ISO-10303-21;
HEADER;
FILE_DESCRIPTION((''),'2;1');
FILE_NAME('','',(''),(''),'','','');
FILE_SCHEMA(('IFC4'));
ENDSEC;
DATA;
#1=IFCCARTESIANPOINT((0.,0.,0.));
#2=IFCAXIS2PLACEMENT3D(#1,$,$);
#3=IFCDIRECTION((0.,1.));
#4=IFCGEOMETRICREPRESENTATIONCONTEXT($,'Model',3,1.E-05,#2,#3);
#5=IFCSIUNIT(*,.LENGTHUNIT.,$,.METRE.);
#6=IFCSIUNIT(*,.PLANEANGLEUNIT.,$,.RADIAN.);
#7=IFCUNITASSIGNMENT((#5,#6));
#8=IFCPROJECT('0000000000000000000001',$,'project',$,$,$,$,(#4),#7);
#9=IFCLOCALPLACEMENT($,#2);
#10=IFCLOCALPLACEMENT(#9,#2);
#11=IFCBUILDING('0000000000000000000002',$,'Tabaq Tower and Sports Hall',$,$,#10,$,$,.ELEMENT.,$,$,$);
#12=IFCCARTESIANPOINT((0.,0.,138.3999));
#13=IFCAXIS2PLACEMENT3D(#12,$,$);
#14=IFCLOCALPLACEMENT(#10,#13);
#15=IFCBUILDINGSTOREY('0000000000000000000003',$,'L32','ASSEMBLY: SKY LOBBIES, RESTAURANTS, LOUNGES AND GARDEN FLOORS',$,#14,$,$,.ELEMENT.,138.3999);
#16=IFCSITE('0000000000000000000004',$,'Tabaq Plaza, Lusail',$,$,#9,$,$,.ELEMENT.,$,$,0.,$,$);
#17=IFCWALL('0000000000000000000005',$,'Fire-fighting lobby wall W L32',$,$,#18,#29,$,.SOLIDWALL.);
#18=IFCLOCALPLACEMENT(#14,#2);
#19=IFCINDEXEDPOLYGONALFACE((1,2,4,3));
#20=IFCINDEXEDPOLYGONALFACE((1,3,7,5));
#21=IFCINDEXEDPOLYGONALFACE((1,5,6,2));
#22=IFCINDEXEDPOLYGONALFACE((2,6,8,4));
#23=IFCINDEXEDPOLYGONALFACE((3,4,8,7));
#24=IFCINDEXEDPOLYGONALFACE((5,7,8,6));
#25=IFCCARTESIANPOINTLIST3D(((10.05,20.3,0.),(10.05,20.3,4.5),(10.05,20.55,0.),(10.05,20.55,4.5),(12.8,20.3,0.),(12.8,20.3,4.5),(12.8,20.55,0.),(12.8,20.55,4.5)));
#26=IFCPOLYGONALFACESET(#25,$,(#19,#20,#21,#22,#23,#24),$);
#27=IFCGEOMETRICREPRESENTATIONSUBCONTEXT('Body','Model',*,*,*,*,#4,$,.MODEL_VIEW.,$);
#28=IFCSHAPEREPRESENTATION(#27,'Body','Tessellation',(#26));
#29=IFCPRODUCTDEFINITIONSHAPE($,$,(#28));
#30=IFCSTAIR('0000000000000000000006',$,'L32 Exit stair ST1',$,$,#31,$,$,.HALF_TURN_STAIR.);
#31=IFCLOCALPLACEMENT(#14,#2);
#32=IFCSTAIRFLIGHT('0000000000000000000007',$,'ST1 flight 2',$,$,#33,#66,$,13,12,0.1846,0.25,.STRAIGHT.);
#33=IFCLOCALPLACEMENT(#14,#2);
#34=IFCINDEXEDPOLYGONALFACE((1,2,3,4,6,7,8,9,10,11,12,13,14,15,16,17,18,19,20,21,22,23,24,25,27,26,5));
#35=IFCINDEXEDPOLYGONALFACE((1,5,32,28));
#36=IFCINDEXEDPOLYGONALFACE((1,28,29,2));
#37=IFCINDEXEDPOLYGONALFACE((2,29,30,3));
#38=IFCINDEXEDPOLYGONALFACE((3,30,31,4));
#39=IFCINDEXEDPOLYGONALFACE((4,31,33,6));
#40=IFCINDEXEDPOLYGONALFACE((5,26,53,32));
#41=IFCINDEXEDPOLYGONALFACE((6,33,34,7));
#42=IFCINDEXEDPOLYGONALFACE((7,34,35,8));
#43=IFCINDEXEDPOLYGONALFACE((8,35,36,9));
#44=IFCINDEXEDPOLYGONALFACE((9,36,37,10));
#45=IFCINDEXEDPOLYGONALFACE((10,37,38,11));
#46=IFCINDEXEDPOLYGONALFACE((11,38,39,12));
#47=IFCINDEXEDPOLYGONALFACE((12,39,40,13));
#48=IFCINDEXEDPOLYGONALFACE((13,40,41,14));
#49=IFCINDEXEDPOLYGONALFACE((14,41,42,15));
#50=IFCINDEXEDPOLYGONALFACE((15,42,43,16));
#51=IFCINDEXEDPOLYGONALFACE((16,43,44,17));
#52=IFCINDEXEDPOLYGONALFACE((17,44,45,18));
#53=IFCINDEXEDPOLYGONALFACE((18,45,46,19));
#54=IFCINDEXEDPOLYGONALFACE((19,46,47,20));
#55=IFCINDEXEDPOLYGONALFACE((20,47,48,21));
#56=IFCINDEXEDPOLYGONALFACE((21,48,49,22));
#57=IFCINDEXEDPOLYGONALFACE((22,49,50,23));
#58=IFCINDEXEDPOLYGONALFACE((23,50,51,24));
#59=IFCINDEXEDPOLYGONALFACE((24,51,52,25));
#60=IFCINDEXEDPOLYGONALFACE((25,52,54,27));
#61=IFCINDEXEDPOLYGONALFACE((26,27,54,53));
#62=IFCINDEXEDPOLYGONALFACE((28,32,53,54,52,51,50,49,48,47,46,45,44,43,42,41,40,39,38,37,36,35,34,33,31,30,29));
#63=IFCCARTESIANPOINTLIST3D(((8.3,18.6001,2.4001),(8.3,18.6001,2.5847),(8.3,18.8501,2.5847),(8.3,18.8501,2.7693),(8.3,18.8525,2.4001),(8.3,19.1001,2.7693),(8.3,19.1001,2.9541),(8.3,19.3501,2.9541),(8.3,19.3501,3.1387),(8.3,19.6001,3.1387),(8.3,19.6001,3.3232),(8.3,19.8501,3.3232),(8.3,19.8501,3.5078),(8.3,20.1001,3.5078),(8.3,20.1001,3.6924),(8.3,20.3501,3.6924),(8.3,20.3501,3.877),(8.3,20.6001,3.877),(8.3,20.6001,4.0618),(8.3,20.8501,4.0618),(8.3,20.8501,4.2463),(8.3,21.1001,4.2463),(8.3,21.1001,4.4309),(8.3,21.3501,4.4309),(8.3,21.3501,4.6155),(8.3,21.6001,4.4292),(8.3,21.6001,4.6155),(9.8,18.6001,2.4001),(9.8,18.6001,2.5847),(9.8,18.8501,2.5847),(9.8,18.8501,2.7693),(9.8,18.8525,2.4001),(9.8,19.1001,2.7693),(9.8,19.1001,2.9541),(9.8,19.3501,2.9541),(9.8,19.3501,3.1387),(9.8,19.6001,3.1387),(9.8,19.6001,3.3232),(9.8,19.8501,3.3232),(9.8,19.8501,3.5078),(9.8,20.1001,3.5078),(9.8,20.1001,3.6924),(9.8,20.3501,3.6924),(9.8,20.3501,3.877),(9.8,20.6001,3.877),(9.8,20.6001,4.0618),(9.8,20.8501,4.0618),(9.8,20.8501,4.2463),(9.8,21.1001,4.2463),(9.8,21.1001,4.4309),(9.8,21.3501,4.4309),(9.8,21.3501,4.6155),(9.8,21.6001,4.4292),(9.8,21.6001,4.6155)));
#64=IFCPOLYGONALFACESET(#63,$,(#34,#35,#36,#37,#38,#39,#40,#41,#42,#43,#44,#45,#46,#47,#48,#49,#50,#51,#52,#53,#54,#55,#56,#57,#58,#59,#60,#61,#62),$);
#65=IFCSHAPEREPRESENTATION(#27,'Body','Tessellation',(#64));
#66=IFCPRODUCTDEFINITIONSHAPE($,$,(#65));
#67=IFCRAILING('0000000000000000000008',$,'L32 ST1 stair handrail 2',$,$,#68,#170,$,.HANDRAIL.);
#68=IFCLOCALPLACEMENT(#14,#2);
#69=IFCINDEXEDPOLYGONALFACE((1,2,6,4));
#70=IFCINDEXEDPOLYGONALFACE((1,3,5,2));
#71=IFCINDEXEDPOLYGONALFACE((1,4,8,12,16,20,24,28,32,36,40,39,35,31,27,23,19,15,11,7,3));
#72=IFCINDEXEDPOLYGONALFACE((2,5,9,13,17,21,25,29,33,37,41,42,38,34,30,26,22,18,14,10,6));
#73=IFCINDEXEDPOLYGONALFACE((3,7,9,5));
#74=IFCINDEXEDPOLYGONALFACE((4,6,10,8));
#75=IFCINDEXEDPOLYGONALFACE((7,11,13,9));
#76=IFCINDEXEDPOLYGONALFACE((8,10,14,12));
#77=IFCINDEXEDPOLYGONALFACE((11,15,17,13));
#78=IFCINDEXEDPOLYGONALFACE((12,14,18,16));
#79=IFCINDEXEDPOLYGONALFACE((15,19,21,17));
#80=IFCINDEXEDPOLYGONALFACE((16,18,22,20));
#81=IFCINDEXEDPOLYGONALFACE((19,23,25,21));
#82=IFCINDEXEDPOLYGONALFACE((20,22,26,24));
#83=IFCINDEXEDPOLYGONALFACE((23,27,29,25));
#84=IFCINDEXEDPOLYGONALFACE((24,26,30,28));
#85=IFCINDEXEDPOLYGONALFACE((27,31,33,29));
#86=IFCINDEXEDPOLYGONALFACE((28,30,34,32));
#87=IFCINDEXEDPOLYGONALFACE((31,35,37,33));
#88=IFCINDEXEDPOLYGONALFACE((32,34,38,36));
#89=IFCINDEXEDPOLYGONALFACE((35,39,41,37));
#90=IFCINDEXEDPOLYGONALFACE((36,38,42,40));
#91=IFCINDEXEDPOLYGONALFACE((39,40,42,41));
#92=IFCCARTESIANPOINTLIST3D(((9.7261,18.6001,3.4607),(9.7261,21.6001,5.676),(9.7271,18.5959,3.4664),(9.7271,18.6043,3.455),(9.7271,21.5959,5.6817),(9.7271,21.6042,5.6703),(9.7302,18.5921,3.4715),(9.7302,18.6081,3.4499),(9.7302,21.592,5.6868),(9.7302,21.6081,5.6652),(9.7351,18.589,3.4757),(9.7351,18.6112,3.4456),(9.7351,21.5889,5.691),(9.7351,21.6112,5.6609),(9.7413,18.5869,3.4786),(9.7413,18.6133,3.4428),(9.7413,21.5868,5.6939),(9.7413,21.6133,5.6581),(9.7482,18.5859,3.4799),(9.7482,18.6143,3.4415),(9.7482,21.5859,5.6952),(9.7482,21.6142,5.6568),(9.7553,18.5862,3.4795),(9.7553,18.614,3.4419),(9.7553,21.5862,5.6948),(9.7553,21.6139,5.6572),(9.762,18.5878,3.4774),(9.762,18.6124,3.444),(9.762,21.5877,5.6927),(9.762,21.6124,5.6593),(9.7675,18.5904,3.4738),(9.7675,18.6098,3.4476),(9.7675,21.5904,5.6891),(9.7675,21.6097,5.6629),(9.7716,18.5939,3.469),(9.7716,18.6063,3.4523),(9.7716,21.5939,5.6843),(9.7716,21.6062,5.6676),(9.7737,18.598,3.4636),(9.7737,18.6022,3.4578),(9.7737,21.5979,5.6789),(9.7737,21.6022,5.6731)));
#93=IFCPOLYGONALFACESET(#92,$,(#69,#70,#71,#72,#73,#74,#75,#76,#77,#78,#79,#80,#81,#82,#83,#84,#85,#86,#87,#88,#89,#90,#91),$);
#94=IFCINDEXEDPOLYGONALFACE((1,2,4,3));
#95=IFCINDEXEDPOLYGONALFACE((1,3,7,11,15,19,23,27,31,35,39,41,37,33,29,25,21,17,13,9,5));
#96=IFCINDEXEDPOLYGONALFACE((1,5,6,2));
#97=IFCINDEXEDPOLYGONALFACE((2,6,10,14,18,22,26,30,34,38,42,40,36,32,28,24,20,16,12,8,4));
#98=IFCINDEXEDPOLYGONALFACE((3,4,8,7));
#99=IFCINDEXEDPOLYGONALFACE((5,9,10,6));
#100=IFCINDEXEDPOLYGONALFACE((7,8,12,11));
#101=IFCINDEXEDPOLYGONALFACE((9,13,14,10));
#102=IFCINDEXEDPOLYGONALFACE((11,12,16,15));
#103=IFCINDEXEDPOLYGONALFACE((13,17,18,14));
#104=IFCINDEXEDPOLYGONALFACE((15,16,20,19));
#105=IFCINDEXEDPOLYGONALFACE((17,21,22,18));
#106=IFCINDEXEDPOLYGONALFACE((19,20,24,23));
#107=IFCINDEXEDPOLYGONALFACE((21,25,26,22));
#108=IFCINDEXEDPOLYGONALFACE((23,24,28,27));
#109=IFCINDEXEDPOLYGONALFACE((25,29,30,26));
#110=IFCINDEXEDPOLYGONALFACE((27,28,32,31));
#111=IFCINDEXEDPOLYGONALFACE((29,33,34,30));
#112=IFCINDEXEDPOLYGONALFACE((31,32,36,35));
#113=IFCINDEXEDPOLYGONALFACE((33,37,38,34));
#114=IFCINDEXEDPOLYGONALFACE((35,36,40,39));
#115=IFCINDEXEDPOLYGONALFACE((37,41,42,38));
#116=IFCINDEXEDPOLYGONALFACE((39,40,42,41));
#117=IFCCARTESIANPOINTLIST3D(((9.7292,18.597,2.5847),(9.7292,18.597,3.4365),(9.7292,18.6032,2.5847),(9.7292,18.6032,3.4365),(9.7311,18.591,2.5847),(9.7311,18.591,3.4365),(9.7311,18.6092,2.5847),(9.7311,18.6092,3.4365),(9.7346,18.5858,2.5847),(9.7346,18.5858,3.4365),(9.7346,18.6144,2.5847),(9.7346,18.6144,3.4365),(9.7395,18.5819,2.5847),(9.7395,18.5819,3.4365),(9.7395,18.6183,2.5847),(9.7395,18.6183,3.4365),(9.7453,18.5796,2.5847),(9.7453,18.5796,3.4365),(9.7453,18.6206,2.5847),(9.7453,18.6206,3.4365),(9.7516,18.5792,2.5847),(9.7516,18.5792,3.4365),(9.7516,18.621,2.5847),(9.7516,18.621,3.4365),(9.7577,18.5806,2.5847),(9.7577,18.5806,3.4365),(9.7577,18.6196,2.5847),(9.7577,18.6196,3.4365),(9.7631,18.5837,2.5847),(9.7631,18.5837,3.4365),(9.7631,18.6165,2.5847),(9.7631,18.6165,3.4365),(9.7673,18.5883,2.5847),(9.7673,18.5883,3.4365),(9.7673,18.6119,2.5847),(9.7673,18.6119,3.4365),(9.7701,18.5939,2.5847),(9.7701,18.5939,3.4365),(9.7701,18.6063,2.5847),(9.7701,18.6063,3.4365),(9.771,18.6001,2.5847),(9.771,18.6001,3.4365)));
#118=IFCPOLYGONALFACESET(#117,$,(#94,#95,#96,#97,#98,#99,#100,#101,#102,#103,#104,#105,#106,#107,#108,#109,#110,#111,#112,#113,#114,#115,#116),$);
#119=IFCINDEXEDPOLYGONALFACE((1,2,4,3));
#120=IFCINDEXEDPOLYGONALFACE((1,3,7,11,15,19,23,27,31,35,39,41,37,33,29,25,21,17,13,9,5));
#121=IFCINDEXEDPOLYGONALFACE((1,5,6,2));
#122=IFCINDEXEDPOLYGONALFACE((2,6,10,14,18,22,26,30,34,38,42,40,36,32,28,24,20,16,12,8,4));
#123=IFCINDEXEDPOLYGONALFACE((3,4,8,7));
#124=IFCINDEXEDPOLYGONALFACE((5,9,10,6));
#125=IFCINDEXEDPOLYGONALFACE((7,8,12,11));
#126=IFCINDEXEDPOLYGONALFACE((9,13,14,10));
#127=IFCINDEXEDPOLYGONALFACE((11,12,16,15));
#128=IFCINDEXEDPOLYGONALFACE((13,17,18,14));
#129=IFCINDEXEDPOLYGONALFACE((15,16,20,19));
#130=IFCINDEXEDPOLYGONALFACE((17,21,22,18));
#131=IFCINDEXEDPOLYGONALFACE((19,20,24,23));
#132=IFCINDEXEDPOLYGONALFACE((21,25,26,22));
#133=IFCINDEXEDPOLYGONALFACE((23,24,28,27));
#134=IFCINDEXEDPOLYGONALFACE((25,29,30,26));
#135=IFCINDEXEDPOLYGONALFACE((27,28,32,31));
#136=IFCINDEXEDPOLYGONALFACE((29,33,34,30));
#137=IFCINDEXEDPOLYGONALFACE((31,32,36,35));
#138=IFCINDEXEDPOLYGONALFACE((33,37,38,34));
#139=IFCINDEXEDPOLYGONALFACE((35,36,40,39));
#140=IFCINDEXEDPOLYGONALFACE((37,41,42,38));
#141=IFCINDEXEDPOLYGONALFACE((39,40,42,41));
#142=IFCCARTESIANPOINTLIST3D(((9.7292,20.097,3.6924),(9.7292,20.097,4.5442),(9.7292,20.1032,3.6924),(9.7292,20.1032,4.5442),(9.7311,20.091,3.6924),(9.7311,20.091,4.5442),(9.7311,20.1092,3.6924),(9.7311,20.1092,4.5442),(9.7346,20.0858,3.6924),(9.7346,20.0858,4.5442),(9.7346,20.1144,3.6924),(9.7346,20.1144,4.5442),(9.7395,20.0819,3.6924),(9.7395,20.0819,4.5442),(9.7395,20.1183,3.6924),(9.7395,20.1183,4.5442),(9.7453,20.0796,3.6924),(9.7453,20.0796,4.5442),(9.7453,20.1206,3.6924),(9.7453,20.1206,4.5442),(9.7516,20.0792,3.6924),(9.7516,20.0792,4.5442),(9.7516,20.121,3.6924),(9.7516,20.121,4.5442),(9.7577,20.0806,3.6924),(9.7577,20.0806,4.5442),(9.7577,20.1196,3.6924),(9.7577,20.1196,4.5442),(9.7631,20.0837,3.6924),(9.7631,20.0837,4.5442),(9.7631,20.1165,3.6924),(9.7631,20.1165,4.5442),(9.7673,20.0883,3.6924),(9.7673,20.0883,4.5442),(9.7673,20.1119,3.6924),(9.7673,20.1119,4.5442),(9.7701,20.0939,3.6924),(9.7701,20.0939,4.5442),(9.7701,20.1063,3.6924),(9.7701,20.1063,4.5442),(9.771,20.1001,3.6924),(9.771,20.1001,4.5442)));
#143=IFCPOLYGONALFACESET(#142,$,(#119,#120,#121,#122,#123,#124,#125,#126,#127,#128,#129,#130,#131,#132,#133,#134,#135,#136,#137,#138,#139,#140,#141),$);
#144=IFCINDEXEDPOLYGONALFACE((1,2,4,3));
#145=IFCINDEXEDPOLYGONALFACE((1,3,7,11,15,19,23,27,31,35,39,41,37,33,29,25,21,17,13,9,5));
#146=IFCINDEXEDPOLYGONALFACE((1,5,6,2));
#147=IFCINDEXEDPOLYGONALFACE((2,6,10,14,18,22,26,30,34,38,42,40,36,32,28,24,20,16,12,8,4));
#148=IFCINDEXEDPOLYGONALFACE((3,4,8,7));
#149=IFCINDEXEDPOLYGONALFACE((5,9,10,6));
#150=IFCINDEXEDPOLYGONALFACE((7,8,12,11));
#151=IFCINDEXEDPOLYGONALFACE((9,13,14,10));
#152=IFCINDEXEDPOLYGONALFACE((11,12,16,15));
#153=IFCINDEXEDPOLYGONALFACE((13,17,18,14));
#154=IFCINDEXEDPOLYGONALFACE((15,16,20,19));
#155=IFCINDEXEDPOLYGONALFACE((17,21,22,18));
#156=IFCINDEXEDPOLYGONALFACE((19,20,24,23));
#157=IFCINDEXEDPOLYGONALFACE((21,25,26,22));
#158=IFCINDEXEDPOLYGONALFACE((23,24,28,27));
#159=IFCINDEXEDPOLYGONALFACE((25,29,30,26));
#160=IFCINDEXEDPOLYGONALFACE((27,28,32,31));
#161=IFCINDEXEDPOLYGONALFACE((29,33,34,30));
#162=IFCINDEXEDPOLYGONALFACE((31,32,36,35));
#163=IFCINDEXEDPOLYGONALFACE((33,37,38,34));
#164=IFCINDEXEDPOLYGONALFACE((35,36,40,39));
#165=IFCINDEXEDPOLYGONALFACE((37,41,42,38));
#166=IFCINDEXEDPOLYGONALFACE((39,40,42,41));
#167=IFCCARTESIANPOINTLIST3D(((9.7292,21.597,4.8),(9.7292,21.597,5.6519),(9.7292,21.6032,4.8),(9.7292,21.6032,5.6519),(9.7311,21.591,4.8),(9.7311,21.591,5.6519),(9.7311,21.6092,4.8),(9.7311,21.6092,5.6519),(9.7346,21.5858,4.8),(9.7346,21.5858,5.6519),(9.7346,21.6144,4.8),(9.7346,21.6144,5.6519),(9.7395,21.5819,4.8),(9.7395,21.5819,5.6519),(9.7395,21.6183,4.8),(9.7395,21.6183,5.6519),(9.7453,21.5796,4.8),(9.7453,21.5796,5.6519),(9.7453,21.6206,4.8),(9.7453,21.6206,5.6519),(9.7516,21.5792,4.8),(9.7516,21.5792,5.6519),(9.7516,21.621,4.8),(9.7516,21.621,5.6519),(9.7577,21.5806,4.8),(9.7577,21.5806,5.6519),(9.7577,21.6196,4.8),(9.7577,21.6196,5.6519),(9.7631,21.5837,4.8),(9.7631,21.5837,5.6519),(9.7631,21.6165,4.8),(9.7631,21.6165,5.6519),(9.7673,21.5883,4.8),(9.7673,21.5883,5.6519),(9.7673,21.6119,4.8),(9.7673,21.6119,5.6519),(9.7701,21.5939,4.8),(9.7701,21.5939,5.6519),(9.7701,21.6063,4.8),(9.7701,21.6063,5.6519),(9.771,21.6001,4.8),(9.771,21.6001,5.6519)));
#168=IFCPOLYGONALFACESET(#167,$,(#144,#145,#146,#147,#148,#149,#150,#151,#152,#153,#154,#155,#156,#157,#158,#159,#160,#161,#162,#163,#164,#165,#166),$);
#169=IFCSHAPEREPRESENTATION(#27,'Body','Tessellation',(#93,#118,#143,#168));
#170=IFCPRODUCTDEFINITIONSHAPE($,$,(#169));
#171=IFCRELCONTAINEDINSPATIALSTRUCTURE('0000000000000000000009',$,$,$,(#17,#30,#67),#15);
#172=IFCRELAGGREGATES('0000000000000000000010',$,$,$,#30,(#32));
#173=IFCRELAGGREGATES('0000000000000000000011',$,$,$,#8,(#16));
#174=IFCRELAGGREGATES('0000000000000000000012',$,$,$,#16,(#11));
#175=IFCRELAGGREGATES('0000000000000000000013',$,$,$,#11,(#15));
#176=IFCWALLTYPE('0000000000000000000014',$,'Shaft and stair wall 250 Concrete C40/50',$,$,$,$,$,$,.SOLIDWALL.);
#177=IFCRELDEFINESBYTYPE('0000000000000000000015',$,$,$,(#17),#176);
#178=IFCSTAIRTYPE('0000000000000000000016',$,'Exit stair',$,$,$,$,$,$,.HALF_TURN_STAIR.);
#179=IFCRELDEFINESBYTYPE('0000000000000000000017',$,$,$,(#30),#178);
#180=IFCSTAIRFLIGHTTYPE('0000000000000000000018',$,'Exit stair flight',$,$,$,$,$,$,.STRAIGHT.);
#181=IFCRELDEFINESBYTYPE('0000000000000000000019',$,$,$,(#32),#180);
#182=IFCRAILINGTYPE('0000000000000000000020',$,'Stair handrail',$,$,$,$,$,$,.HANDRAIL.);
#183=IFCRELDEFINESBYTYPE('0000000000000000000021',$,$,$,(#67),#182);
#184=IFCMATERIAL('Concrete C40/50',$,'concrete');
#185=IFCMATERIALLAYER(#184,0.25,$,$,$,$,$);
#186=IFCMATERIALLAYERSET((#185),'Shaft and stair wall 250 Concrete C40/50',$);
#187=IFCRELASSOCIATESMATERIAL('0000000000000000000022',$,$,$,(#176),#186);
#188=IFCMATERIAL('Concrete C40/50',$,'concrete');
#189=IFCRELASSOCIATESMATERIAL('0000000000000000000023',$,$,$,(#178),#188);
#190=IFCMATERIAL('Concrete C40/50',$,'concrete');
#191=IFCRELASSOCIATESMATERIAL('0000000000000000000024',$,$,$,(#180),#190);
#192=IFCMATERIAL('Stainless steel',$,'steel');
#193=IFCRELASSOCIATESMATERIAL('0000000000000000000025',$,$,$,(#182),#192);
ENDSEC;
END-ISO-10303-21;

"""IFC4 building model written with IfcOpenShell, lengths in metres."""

from ifc_helpers import new_model, si_unit, direction, frame, frame_2d, origin, origin_2d, place, context, subcontext, project, spatial, polyline, rectangle, circle, outline, extrude, material, layer, layer_set, type_object, element, aggregate, save


model = new_model("IFC4")

# Units and contexts
model_context = context("Model", 3, precision=1e-05, world=origin(), true_north=direction((0.0, 1.0)))
body_context = subcontext(model_context, "Body", "Model", "MODEL_VIEW")
ifc_project = project(units=[si_unit("LENGTHUNIT", "METRE"), si_unit("PLANEANGLEUNIT", "RADIAN")], contexts=[model_context])

# Site, building, storey
site_placement = place(None, origin())
site = spatial("IfcSite", under=ifc_project, at=site_placement, Name="Tabaq Plaza, Lusail", CompositionType="ELEMENT", RefElevation=0.0)
building_placement = place(site_placement, origin())
building = spatial("IfcBuilding", under=site, at=building_placement, Name="Tabaq Tower and Sports Hall", CompositionType="ELEMENT")
storey_placement = place(building_placement, frame((0.0, 0.0, 138.3999)))
storey = spatial("IfcBuildingStorey", under=building, at=storey_placement, Name="L32", Description="ASSEMBLY: SKY LOBBIES, RESTAURANTS, LOUNGES AND GARDEN FLOORS", CompositionType="ELEMENT", Elevation=138.3999)

# Shared definitions
ifc_material_1 = material(Name="Concrete C40/50", Category="concrete")
ifc_layer_1 = layer(ifc_material_1, 0.25)
ifc_layer_set_1 = layer_set([ifc_layer_1], Name="Shaft and stair wall 250 Concrete C40/50")
wall_type_1 = type_object("IfcWallType", Name="Shaft and stair wall 250 Concrete C40/50", PredefinedType="SOLIDWALL", material=ifc_layer_set_1)

# Wall
wall_1_placement = place(storey_placement, frame((10.05, 20.425, 0.0), z_axis=(0.0, 0.0, 1.0), x_axis=(1.0, 0.0, 0.0)))
element("IfcWall", 1, at=wall_1_placement, inside=storey, type_object=wall_type_1, Name="Fire-fighting lobby wall W L32", PredefinedType="SOLIDWALL", context=body_context, shape_type="SweptSolid", body=[
    extrude(rectangle(XDim=2.75, YDim=0.25, at=frame_2d((1.375, 0.0))), origin(), (0.0, 0.0, 1.0), 4.5),
])

# Stair, stair flight
ifc_material_2 = material(Name="Concrete C40/50", Category="concrete")
stair_type = type_object("IfcStairType", Name="Exit stair", PredefinedType="HALF_TURN_STAIR", material=ifc_material_2)
stair_placement = place(storey_placement, origin())
stair = element("IfcStair", 2, at=stair_placement, inside=storey, type_object=stair_type, Name="L32 Exit stair ST1", PredefinedType="HALF_TURN_STAIR")
ifc_material_3 = material(Name="Concrete C40/50", Category="concrete")
stair_flight_type = type_object("IfcStairFlightType", Name="Exit stair flight", PredefinedType="STRAIGHT", material=ifc_material_3)
stair_flight_placement = place(storey_placement, frame((9.05, 18.6001, 2.4001), z_axis=(0.0, 0.0, 1.0), x_axis=(0.0, 1.0, 0.0)))
stair_flight = element("IfcStairFlight", 3, at=stair_flight_placement, type_object=stair_flight_type, Name="ST1 flight 2", NumberOfRisers=13, NumberOfTreads=12, PredefinedType="STRAIGHT", RiserHeight=0.1846, TreadLength=0.25, context=body_context, shape_type="SweptSolid", body=[
    extrude(outline(polyline([(0.0, 0.0), (0.0, 0.1846), (0.25, 0.1846), (0.25, 0.3691), (0.5, 0.3691), (0.5, 0.554), (0.75, 0.554), (0.75, 0.7385), (1.0, 0.7385), (1.0, 0.9231), (1.25, 0.9231), (1.25, 1.1077), (1.5, 1.1077), (1.5, 1.2922), (1.75, 1.2922), (1.75, 1.4768), (2.0, 1.4768), (2.0, 1.6616), (2.25, 1.6616), (2.25, 1.8462), (2.5, 1.8462), (2.5, 2.0308), (2.75, 2.0308), (2.75, 2.2153), (3.0, 2.2153), (3.0, 2.3999), (3.0, 2.0291), (0.2524, 0.0), (0.0, 0.0)])), frame((0.0, 0.75, 0.0), z_axis=(0.0, -1.0, 0.0), x_axis=(1.0, 0.0, 0.0)), (0.0, 0.0, 1.0), 1.5),
])
aggregate(stair, [stair_flight])

# Railing
ifc_material_4 = material(Name="Stainless steel", Category="steel")
railing_type = type_object("IfcRailingType", Name="Stair handrail", PredefinedType="HANDRAIL", material=ifc_material_4)
railing_placement = place(storey_placement, frame((9.75, 18.6001, 2.5847)))
element("IfcRailing", 4, at=railing_placement, inside=storey, type_object=railing_type, Name="L32 ST1 stair handrail 2", PredefinedType="HANDRAIL", context=body_context, shape_type="SweptSolid", body=[
    extrude(circle(Radius=0.0239, at=origin_2d()), frame((0.0, 0.0, 0.876), z_axis=(0.0, 0.80444, 0.594034), x_axis=(-1.0, 0.0, 0.0)), (0.0, 0.0, 1.0), 3.7292),
    extrude(circle(Radius=0.021, at=origin_2d()), origin(), (0.0, 0.0, 1.0), 0.8518),
    extrude(circle(Radius=0.021, at=origin_2d()), frame((0.0, 1.5, 1.1077)), (0.0, 0.0, 1.0), 0.8518),
    extrude(circle(Radius=0.021, at=origin_2d()), frame((0.0, 3.0, 2.2153)), (0.0, 0.0, 1.0), 0.8518),
])

save(model, "model.ifc")
